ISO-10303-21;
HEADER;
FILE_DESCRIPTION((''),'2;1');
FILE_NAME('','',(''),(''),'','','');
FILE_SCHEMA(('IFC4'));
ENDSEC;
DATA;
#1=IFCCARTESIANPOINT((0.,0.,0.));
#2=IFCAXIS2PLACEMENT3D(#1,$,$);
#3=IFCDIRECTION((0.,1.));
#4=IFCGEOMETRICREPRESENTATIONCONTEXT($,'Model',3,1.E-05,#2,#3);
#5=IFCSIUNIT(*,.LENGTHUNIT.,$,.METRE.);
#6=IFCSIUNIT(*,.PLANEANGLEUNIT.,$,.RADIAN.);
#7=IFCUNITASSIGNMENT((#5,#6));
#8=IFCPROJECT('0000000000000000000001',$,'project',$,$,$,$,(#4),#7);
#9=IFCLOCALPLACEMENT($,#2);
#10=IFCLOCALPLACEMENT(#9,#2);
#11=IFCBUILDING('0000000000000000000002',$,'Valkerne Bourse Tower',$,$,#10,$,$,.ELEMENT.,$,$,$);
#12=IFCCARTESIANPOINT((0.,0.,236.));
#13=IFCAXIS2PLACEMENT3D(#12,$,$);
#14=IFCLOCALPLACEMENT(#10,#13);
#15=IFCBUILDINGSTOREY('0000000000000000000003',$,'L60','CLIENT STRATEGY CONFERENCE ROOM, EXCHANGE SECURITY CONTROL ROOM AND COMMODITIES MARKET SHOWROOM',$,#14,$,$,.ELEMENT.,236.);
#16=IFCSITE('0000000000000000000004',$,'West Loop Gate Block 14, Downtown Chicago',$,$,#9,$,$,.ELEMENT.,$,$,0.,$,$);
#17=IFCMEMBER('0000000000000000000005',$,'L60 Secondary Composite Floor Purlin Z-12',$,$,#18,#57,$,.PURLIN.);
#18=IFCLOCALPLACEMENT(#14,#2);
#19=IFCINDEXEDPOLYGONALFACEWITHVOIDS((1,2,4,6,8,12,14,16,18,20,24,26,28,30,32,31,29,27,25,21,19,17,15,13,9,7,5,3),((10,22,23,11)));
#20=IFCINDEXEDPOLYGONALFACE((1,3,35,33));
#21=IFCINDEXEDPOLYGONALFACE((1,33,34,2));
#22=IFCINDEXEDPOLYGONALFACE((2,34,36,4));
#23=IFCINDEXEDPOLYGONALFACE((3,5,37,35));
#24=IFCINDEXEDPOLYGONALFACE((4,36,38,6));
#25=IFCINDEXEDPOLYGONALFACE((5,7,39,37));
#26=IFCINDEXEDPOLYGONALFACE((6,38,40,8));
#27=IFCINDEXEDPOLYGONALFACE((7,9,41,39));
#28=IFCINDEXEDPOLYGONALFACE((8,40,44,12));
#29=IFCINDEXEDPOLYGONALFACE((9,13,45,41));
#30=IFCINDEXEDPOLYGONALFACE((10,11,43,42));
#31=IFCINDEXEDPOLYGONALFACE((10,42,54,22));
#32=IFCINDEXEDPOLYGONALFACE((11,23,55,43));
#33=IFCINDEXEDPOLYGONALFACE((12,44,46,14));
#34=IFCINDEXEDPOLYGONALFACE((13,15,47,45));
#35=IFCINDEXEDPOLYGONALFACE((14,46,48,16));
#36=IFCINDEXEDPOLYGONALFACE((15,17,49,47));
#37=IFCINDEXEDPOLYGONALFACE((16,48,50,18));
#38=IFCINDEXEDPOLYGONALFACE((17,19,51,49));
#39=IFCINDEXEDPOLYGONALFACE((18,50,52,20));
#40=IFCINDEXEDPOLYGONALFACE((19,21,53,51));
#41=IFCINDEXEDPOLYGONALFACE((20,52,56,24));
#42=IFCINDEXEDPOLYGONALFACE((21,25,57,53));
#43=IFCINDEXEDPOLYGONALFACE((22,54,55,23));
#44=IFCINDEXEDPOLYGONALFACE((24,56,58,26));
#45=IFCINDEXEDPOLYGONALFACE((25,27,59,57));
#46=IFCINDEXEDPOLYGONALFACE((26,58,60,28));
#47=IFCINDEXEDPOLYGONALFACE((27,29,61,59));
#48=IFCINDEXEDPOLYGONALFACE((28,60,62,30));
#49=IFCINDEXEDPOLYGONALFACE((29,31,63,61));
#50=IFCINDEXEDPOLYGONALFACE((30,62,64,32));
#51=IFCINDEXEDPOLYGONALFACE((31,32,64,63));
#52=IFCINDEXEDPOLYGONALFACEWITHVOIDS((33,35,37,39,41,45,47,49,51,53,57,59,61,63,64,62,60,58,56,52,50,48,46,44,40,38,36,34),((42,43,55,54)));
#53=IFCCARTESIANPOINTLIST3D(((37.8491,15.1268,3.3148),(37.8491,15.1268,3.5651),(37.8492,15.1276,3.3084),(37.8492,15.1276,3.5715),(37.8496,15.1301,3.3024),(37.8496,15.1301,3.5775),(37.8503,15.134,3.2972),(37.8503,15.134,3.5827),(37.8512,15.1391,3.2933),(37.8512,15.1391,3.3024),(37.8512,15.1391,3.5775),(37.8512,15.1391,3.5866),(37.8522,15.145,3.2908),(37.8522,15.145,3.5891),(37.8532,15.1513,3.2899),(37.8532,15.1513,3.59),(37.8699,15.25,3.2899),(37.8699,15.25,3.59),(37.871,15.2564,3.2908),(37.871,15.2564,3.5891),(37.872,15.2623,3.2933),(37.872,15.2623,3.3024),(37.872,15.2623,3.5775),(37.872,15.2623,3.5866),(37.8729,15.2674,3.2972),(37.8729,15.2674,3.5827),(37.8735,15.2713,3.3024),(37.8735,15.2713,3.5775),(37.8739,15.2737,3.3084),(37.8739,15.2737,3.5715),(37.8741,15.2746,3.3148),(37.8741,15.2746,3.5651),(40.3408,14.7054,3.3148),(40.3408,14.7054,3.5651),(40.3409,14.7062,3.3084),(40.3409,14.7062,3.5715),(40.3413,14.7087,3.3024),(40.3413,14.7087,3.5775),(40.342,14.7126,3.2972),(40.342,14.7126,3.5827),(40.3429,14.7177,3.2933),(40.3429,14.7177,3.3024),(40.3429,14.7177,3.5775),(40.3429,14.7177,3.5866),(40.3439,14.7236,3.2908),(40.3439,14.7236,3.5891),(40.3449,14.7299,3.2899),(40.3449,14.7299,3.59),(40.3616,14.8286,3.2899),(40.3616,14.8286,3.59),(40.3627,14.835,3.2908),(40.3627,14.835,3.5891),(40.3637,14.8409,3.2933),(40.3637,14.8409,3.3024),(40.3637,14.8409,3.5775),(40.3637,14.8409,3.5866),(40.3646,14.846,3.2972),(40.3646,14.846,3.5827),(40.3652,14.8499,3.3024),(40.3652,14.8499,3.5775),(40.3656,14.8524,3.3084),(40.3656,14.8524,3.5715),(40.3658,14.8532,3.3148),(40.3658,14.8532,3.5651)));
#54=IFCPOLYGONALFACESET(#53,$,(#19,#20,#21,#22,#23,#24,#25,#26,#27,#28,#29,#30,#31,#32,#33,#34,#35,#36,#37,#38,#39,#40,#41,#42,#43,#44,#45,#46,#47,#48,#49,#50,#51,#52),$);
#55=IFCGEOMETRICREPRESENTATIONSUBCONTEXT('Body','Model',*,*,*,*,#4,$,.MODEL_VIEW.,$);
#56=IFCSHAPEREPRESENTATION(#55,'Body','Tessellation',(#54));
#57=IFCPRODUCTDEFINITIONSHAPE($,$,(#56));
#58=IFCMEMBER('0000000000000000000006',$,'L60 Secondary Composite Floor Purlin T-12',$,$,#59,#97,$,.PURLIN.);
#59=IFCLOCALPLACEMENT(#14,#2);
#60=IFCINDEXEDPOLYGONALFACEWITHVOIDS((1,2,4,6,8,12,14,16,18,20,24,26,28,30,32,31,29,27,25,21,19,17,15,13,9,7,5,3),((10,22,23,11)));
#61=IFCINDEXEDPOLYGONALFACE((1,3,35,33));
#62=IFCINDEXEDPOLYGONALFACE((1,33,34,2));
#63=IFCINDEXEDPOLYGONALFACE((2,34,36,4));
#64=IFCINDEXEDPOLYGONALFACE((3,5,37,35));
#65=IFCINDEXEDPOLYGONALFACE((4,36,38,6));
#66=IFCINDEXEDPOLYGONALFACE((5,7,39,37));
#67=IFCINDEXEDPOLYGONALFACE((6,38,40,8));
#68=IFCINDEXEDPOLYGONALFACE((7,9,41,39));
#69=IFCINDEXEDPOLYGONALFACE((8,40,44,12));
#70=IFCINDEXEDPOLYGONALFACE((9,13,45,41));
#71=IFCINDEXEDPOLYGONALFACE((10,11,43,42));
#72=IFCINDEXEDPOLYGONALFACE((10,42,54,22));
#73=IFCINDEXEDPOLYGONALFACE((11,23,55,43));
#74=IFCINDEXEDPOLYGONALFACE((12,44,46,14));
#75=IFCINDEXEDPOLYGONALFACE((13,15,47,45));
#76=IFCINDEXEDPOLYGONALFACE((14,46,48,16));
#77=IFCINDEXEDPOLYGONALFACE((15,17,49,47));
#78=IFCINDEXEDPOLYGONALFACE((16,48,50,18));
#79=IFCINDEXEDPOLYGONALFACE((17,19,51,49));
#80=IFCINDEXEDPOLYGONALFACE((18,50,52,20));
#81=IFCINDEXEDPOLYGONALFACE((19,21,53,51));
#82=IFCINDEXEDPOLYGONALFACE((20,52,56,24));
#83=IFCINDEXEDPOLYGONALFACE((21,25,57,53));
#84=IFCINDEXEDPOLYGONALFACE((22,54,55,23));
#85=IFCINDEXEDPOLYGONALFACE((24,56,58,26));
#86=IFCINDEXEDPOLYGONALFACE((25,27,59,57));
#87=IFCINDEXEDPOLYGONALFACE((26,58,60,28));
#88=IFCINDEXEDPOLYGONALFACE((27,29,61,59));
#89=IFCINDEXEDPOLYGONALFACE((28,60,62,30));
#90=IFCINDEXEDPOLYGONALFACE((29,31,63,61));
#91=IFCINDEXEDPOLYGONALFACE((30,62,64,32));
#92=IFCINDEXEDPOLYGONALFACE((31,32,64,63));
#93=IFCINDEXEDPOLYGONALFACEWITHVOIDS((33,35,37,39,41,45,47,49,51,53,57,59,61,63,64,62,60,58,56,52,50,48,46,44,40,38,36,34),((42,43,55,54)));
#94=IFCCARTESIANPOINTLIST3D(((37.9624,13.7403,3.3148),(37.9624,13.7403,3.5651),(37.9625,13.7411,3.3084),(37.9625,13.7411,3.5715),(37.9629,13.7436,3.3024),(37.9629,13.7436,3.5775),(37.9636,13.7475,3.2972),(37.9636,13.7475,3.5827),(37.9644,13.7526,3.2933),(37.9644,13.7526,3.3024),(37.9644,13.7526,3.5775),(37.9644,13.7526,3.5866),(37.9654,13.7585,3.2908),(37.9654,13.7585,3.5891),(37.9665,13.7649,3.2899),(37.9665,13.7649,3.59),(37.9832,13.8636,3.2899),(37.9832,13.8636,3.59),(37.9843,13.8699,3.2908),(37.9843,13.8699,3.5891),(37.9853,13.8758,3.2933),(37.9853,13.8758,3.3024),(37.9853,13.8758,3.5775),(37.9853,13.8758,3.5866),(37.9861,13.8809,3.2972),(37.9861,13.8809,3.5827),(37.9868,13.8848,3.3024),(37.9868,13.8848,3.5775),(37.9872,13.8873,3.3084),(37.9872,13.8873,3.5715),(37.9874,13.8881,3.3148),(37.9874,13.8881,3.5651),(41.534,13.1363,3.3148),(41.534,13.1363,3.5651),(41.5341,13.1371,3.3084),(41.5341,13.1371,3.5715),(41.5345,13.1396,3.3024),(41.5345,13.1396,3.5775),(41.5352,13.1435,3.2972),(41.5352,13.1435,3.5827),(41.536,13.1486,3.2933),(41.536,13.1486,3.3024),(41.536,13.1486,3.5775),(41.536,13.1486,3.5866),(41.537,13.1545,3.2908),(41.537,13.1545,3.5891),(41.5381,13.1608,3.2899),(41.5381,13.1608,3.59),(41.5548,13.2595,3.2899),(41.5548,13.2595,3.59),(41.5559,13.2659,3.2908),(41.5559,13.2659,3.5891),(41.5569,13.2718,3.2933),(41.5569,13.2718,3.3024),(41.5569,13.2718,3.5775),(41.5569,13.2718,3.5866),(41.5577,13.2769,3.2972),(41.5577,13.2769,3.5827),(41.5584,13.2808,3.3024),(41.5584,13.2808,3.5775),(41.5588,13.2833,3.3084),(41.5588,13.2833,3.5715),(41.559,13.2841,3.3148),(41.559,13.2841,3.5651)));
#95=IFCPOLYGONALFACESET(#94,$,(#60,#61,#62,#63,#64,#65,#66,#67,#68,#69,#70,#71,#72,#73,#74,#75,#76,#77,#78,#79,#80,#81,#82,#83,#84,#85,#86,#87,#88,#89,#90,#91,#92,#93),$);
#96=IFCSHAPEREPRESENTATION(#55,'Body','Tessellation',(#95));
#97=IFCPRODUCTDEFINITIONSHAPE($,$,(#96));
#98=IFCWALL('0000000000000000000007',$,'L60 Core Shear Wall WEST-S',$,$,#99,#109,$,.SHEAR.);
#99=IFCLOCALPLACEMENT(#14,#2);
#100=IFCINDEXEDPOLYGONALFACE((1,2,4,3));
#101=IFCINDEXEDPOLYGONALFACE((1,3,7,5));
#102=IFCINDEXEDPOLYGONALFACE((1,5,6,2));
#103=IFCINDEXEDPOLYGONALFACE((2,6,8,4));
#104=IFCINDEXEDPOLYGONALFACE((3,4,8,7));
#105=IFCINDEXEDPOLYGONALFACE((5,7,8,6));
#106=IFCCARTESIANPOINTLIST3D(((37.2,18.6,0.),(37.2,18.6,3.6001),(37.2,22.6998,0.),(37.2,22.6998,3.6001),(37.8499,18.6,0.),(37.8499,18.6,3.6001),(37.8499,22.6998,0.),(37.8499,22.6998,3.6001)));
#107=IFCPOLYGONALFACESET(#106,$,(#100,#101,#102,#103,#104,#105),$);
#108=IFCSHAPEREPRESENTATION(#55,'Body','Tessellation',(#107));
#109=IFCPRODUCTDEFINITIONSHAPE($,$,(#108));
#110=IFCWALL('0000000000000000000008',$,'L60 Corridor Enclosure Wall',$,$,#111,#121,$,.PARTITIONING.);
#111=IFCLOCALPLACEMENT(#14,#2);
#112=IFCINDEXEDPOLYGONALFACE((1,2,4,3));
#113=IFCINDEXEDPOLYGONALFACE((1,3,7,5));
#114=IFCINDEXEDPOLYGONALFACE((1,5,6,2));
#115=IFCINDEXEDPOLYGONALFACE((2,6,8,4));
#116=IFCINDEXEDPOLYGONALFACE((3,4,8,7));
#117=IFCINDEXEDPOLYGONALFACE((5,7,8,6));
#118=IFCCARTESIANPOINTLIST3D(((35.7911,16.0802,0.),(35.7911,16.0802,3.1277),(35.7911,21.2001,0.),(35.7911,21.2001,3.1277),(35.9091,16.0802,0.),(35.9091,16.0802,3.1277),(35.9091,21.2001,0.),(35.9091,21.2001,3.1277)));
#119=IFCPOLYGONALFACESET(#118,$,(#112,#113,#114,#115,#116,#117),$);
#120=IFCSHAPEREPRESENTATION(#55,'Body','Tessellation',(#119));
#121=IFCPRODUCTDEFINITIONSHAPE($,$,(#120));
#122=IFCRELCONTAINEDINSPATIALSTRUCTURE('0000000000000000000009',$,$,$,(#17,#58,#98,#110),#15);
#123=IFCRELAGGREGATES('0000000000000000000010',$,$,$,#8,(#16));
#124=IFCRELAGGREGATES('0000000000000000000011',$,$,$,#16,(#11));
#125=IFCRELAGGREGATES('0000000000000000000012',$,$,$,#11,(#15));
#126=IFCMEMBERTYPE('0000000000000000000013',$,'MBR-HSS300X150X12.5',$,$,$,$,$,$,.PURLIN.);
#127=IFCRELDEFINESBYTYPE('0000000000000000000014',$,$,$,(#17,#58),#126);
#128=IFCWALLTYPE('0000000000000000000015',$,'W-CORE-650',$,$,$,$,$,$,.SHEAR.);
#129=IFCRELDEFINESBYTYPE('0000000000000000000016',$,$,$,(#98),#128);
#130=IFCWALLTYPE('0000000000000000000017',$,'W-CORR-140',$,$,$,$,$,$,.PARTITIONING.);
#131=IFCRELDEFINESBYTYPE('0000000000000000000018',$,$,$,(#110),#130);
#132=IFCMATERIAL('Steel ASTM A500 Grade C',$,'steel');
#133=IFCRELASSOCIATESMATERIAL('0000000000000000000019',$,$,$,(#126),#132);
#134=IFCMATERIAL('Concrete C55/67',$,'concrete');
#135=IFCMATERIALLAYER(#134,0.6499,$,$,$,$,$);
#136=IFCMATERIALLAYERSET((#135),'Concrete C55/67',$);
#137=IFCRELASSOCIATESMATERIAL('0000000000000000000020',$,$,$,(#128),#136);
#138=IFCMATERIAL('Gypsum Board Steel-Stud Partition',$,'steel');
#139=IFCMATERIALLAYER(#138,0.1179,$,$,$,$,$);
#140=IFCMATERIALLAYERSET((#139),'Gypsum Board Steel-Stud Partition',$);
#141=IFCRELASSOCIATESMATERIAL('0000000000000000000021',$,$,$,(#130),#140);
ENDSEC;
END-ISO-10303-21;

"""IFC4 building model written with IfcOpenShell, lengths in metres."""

from ifc_helpers import new_model, si_unit, direction, frame, frame_2d, origin, origin_2d, place, context, subcontext, project, spatial, rectangle, hollow_rectangle, extrude, material, layer, layer_set, material_profile, profile_set, type_object, element, save


model = new_model("IFC4")

# Units and contexts
model_context = context("Model", 3, precision=1e-05, world=origin(), true_north=direction((0.0, 1.0)))
body_context = subcontext(model_context, "Body", "Model", "MODEL_VIEW")
ifc_project = project(units=[si_unit("LENGTHUNIT", "METRE"), si_unit("PLANEANGLEUNIT", "RADIAN")], contexts=[model_context])

# Site, building, storey
site_placement = place(None, origin())
site = spatial("IfcSite", under=ifc_project, at=site_placement, Name="West Loop Gate Block 14, Downtown Chicago", CompositionType="ELEMENT", RefElevation=0.0)
building_placement = place(site_placement, origin())
building = spatial("IfcBuilding", under=site, at=building_placement, Name="Valkerne Bourse Tower", CompositionType="ELEMENT")
storey_placement = place(building_placement, frame((0.0, 0.0, 236.0)))
storey = spatial("IfcBuildingStorey", under=building, at=storey_placement, Name="L60", Description="CLIENT STRATEGY CONFERENCE ROOM, EXCHANGE SECURITY CONTROL ROOM AND COMMODITIES MARKET SHOWROOM", CompositionType="ELEMENT", Elevation=236.0)

# Members
ifc_material_1 = material(Name="Steel ASTM A500 Grade C", Category="steel")
ifc_material_profile_1 = material_profile(ifc_material_1, hollow_rectangle(XDim=0.1499, YDim=0.3, WallThickness=0.0125, OuterFilletRadius=0.0249, at=origin_2d()), Name="HSS300X150X12.5")
ifc_profile_set_1 = profile_set([ifc_material_profile_1], Name="Steel ASTM A500 Grade C")
member_type_1 = type_object("IfcMemberType", Name="MBR-HSS300X150X12.5", PredefinedType="PURLIN", material=ifc_profile_set_1)
member_1_placement = place(storey_placement, frame((37.8616, 15.2007, 3.4399), z_axis=(0.985999, -0.166748, 0.0), x_axis=(0.166748, 0.985999, 0.0)))
element("IfcMember", 1, at=member_1_placement, inside=storey, type_object=member_type_1, Name="L60 Secondary Composite Floor Purlin Z-12", PredefinedType="PURLIN", context=body_context, shape_type="SweptSolid", body=[
    extrude(hollow_rectangle(XDim=0.1499, YDim=0.3, WallThickness=0.0125, OuterFilletRadius=0.0249, at=origin_2d()), origin(), (0.0, 0.0, 1.0), 2.5271),
])
member_2_placement = place(storey_placement, frame((37.9749, 13.8142, 3.4399), z_axis=(0.985999, -0.166748, 0.0), x_axis=(0.166748, 0.985999, 0.0)))
element("IfcMember", 2, at=member_2_placement, inside=storey, type_object=member_type_1, Name="L60 Secondary Composite Floor Purlin T-12", PredefinedType="PURLIN", context=body_context, shape_type="SweptSolid", body=[
    extrude(hollow_rectangle(XDim=0.1499, YDim=0.3, WallThickness=0.0125, OuterFilletRadius=0.0249, at=origin_2d()), origin(), (0.0, 0.0, 1.0), 3.6223),
])

# Shared definitions
ifc_material_2 = material(Name="Concrete C55/67", Category="concrete")
ifc_layer_1 = layer(ifc_material_2, 0.6499)
ifc_layer_set_1 = layer_set([ifc_layer_1], Name="Concrete C55/67")
wall_type_1 = type_object("IfcWallType", Name="W-CORE-650", PredefinedType="SHEAR", material=ifc_layer_set_1)

# Walls
wall_1_placement = place(storey_placement, frame((37.5249, 18.6001, 0.0), z_axis=(0.0, 0.0, 1.0), x_axis=(0.0, 1.0, 0.0)))
element("IfcWall", 3, at=wall_1_placement, inside=storey, type_object=wall_type_1, Name="L60 Core Shear Wall WEST-S", PredefinedType="SHEAR", context=body_context, shape_type="SweptSolid", body=[
    extrude(rectangle(XDim=4.0999, YDim=0.6499, at=frame_2d((2.0498, 0.0))), origin(), (0.0, 0.0, 1.0), 3.6001),
])
ifc_material_3 = material(Name="Gypsum Board Steel-Stud Partition", Category="steel")
ifc_layer_2 = layer(ifc_material_3, 0.1179)
ifc_layer_set_2 = layer_set([ifc_layer_2], Name="Gypsum Board Steel-Stud Partition")
wall_type_2 = type_object("IfcWallType", Name="W-CORR-140", PredefinedType="PARTITIONING", material=ifc_layer_set_2)
wall_2_placement = place(storey_placement, frame((35.8501, 16.0801, 0.0), z_axis=(0.0, 0.0, 1.0), x_axis=(0.0, 1.0, 0.0)))
element("IfcWall", 4, at=wall_2_placement, inside=storey, type_object=wall_type_2, Name="L60 Corridor Enclosure Wall", PredefinedType="PARTITIONING", context=body_context, shape_type="SweptSolid", body=[
    extrude(rectangle(XDim=5.1199, YDim=0.1179, at=frame_2d((2.5601, 0.0))), origin(), (0.0, 0.0, 1.0), 3.1277),
])

save(model, "model.ifc")
